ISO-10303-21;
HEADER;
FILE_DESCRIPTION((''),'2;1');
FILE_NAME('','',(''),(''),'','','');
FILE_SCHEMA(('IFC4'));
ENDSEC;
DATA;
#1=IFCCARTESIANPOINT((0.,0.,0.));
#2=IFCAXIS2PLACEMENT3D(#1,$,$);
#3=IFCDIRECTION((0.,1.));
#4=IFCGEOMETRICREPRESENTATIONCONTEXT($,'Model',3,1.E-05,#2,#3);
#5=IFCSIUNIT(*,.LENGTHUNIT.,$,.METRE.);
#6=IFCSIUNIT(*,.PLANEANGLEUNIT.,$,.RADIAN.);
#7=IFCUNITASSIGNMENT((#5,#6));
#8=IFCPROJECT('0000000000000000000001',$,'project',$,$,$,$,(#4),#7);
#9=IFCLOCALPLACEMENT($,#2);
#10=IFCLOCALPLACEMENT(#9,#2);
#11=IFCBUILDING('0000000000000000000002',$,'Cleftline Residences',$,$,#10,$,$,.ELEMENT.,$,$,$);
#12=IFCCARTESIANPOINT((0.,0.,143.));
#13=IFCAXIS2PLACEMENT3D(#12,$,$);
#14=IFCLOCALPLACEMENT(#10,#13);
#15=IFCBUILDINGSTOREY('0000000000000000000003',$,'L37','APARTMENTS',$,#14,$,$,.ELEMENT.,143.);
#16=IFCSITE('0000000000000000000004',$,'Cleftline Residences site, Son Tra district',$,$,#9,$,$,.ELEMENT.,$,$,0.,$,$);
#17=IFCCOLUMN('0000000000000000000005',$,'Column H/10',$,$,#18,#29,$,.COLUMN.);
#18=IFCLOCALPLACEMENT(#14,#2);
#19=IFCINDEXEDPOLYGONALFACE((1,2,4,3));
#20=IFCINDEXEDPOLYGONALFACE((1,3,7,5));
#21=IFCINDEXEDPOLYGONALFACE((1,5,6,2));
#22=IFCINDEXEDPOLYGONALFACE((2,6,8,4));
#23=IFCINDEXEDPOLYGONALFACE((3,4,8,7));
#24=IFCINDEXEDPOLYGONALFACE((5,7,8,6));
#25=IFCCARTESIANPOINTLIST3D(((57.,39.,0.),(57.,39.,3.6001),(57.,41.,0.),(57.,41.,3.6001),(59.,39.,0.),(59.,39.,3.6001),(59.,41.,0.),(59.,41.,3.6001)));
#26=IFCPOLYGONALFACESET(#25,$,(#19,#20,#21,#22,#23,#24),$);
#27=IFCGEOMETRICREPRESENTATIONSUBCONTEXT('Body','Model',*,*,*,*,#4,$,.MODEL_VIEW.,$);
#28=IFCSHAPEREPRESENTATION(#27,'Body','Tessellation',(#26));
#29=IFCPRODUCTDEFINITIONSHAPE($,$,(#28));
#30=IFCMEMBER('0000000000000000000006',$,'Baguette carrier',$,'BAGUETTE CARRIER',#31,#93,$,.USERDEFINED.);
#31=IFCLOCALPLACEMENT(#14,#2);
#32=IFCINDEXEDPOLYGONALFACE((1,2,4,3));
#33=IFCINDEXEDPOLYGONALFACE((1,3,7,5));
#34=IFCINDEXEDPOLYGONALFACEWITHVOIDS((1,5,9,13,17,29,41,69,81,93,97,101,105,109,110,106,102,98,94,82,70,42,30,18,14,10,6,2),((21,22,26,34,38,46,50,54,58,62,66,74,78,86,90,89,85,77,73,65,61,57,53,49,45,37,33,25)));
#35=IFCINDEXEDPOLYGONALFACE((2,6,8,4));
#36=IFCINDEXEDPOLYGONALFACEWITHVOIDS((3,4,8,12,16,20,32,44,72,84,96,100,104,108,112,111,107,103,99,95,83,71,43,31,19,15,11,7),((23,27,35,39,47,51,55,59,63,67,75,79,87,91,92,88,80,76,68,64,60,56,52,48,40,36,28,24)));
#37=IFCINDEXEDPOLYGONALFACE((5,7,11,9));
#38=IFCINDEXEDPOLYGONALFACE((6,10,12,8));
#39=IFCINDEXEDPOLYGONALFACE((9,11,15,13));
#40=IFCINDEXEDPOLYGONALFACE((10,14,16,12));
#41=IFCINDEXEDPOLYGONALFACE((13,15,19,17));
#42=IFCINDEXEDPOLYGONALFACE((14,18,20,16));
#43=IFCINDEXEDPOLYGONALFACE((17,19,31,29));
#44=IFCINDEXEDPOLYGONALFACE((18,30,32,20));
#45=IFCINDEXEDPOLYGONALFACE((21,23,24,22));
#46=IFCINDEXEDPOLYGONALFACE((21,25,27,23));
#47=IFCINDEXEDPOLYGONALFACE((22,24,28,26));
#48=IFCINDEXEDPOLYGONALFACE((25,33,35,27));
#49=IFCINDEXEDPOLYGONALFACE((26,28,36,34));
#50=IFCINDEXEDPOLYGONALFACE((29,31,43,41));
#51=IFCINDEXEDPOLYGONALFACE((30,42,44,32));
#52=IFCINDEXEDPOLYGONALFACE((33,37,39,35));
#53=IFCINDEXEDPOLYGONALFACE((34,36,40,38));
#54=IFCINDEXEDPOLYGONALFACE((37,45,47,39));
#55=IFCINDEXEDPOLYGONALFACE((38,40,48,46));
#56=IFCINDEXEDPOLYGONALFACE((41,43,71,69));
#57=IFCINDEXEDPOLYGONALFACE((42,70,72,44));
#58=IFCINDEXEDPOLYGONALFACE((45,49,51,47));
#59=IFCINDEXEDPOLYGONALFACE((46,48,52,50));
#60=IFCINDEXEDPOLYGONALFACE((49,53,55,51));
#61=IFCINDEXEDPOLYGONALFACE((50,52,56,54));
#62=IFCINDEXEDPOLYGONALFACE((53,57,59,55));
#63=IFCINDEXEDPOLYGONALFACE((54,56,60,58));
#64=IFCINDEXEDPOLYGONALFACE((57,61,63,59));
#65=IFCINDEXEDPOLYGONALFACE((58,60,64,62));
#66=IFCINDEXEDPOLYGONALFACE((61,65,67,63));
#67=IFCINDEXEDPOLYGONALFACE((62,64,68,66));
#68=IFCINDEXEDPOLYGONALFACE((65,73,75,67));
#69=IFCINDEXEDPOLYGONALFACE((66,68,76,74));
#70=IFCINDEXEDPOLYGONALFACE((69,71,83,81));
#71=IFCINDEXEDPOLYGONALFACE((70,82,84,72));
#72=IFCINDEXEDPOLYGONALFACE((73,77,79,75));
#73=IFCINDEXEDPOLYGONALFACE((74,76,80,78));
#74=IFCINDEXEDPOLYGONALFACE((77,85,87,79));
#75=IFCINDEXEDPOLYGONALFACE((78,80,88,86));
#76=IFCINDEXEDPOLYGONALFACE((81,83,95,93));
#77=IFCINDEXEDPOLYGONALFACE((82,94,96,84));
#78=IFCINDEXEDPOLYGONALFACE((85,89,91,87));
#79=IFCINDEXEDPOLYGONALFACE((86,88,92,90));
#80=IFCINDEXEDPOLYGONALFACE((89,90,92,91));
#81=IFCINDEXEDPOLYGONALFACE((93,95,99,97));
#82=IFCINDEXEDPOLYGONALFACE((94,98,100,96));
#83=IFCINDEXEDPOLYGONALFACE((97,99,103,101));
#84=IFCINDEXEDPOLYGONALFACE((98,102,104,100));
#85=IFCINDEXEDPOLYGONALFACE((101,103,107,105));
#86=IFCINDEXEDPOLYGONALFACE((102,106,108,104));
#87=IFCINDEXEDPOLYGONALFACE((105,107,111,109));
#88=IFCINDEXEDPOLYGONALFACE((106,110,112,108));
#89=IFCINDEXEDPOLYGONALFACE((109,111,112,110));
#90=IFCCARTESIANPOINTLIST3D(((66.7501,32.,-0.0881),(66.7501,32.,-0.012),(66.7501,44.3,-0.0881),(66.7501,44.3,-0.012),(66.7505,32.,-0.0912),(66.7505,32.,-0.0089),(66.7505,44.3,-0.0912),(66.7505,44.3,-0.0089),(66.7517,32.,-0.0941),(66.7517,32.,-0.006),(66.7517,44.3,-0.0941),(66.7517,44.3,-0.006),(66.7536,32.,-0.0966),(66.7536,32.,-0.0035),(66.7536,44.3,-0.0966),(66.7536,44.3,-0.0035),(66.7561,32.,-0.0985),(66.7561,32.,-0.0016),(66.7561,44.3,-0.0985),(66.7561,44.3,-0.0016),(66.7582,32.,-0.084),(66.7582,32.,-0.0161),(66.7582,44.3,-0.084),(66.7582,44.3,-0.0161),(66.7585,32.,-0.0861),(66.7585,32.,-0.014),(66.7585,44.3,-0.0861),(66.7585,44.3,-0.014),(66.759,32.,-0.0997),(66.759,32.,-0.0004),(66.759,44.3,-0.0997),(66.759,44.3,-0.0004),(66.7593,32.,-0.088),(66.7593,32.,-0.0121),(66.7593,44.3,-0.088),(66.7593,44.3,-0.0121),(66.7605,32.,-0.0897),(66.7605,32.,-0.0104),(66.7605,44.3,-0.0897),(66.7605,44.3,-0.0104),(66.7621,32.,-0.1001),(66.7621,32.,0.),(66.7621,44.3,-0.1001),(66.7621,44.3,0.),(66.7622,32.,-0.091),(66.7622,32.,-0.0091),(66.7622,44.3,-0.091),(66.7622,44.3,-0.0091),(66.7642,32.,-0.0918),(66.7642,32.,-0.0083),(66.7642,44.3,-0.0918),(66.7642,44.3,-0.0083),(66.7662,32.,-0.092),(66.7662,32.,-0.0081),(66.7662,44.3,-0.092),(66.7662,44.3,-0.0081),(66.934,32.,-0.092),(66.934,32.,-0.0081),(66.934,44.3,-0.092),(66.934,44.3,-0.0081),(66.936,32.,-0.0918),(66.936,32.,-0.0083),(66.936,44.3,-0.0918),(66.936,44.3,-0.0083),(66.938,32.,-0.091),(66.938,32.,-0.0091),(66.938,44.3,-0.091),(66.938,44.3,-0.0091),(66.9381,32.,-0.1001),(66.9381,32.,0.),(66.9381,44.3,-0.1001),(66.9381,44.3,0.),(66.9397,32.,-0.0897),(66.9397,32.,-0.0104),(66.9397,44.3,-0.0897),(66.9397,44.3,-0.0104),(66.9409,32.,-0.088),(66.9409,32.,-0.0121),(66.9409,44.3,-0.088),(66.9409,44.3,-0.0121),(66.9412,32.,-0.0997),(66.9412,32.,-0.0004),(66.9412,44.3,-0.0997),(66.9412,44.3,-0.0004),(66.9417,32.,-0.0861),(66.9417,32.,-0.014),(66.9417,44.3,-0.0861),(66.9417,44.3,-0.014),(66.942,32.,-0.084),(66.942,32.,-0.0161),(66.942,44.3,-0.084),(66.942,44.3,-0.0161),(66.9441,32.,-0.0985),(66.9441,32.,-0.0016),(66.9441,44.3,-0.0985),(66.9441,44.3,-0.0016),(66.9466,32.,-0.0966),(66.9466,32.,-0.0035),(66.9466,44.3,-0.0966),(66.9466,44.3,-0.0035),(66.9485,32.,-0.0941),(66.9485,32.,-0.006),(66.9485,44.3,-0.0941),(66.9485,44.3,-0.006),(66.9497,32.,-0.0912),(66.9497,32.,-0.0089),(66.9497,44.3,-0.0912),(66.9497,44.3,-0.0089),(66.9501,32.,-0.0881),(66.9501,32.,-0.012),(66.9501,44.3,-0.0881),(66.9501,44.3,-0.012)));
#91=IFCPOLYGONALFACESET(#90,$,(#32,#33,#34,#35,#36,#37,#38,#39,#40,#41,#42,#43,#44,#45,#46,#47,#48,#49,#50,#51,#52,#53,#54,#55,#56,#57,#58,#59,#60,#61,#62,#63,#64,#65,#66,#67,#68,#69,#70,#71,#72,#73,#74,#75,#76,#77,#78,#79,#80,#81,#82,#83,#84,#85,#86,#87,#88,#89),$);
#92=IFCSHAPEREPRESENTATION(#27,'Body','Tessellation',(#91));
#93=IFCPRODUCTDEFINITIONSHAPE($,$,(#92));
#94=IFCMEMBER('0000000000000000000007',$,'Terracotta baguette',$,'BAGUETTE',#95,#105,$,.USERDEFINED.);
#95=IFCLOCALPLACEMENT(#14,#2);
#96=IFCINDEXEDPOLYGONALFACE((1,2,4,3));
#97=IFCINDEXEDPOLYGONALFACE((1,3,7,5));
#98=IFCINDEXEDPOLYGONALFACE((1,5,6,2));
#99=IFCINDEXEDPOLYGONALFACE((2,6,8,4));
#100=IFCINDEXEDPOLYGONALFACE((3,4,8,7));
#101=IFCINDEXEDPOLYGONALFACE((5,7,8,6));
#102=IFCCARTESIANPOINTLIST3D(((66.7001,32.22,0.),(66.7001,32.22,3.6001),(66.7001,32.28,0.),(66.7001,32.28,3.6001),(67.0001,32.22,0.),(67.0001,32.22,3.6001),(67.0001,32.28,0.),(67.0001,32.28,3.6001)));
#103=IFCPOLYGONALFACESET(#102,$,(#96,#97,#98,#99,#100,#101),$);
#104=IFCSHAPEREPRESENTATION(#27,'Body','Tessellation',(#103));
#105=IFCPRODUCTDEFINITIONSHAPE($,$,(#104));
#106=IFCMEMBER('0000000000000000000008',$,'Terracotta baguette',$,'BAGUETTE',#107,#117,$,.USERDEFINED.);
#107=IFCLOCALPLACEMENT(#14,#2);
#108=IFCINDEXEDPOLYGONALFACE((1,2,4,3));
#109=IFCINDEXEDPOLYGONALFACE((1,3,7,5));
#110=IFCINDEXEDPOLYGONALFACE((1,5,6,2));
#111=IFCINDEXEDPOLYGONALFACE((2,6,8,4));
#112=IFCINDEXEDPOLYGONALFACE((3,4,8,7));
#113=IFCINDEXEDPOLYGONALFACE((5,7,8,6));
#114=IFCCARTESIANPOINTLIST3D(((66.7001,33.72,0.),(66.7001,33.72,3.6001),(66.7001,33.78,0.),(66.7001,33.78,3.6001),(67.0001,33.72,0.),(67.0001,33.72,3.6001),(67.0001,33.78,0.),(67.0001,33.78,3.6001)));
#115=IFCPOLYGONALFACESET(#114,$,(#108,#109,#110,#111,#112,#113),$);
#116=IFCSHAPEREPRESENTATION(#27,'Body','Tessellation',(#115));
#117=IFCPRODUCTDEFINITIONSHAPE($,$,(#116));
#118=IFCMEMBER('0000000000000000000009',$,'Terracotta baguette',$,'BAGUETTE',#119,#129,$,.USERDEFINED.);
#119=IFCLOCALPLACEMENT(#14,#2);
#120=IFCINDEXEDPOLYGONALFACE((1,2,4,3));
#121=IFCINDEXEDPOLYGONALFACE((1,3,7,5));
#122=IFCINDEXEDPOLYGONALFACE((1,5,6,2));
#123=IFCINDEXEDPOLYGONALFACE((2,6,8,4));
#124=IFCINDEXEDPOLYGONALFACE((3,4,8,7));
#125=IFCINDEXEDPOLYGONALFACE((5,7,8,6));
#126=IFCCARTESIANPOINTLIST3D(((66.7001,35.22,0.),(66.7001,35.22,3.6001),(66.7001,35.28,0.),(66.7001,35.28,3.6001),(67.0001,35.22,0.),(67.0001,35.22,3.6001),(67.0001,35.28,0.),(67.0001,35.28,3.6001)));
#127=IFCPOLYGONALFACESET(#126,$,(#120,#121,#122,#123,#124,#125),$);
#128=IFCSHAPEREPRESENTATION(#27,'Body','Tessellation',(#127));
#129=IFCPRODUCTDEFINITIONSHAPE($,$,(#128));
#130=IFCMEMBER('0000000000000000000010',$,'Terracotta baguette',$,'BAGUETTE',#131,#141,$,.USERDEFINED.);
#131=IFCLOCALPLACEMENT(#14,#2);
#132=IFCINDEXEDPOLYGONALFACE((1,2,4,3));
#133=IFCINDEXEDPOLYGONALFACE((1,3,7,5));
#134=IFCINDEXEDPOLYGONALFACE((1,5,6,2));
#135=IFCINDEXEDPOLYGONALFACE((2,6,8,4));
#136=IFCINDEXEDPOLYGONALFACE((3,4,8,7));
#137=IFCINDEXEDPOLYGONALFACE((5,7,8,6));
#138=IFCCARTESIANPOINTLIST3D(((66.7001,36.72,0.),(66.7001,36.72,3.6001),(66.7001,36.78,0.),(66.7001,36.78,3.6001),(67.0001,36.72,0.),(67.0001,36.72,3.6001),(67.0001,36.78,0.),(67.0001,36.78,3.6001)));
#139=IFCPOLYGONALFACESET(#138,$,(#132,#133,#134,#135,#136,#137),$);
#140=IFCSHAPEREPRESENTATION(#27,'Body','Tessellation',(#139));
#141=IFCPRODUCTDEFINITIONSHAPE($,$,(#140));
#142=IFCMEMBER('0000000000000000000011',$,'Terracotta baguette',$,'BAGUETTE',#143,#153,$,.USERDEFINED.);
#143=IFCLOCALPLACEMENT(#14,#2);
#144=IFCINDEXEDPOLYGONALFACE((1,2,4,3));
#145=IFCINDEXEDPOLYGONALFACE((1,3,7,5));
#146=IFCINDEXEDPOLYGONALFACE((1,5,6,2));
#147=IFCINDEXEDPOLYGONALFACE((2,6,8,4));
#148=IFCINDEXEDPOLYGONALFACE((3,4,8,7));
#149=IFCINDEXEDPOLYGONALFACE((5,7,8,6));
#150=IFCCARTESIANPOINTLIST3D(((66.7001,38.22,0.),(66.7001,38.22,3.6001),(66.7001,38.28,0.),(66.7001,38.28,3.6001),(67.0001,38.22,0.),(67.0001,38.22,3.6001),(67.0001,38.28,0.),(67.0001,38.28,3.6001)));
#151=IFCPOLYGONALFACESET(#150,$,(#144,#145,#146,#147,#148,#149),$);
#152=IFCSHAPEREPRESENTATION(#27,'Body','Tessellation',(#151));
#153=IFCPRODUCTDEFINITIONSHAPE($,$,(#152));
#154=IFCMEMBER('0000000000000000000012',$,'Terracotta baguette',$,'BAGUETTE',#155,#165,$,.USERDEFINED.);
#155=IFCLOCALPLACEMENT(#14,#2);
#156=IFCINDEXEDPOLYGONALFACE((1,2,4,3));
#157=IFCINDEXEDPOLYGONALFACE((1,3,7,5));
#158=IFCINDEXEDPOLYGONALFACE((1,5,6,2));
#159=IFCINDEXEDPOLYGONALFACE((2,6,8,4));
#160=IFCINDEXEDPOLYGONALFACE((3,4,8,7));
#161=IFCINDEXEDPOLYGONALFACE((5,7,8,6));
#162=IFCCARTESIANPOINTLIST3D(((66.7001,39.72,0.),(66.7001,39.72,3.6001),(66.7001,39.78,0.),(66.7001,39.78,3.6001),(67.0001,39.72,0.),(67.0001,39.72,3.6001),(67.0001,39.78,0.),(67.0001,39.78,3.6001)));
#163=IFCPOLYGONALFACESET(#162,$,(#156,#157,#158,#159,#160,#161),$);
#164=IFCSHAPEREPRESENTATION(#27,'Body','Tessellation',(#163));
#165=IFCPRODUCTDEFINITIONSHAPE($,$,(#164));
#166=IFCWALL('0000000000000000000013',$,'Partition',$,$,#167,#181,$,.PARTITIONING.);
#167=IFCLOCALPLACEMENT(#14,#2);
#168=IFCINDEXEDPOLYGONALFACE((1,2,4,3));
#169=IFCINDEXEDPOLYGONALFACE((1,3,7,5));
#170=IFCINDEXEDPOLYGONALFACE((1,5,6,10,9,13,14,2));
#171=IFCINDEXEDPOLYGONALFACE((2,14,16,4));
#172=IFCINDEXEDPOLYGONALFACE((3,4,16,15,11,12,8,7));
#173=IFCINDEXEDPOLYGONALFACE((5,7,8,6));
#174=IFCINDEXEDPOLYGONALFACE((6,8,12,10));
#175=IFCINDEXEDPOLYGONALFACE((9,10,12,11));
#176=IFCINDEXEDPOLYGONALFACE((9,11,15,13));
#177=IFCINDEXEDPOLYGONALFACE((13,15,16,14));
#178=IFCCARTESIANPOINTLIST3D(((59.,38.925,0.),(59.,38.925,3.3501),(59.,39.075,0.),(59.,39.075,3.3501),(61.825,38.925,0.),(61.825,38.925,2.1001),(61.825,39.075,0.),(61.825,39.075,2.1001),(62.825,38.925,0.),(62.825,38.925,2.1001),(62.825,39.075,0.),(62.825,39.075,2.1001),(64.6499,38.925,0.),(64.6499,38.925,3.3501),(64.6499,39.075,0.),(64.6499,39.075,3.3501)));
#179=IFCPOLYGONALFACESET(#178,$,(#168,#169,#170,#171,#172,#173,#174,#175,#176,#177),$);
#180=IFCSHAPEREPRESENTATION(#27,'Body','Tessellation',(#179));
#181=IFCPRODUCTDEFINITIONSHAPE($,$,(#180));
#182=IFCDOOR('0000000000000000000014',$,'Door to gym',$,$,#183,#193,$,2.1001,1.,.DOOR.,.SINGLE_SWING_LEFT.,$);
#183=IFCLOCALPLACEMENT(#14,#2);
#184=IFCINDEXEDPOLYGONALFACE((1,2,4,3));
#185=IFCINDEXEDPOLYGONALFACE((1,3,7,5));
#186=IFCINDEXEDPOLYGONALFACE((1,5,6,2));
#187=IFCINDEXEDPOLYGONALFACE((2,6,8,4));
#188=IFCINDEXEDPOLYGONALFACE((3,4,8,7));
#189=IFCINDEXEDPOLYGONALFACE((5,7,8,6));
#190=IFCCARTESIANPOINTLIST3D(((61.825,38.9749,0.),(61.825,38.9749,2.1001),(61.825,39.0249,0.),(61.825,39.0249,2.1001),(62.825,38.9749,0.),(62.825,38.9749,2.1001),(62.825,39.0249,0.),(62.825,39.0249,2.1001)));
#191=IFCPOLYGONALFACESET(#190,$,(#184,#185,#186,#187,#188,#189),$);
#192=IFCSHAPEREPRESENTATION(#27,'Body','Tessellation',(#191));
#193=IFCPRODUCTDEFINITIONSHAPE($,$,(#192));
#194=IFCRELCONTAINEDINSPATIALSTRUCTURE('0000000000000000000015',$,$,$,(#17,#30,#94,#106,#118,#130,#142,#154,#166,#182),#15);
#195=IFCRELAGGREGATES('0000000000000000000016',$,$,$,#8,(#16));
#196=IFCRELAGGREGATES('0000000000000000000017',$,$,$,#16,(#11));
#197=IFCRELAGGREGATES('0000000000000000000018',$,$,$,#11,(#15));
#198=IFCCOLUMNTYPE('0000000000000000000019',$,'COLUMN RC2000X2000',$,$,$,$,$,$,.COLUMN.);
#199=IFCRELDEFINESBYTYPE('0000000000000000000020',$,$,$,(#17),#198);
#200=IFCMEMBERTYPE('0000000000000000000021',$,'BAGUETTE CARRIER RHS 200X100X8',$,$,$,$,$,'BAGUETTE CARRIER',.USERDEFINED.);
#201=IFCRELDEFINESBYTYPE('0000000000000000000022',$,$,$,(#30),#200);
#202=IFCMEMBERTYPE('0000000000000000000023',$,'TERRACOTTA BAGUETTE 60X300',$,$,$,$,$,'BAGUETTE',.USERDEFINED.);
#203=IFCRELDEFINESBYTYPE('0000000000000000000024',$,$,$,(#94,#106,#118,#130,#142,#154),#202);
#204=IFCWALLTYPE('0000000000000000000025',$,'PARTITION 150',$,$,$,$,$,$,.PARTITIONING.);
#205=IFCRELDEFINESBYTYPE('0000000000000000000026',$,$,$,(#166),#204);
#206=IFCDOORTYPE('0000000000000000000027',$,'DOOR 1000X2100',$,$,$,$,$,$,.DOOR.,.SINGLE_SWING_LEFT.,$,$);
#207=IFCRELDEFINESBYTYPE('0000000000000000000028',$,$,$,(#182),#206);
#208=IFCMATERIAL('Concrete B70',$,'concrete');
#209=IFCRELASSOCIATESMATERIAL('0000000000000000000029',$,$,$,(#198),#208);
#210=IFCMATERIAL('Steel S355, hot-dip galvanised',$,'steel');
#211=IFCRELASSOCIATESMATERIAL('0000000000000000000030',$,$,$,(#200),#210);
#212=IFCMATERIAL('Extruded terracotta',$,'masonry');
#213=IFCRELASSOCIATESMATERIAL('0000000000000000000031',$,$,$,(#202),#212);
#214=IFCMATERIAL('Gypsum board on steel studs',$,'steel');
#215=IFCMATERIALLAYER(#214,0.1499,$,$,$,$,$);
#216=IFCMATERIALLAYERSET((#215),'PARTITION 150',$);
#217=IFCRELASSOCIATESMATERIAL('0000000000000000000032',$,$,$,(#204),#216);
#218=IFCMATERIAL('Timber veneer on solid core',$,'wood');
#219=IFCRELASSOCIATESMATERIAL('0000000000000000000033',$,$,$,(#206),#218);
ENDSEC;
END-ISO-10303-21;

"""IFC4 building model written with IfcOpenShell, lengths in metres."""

from ifc_helpers import new_model, si_unit, direction, frame, frame_2d, origin, origin_2d, place, context, subcontext, project, spatial, rectangle, hollow_rectangle, extrude, material, layer, layer_set, material_profile, profile_set, type_object, element, fill, save


model = new_model("IFC4")

# Units and contexts
model_context = context("Model", 3, precision=1e-05, world=origin(), true_north=direction((0.0, 1.0)))
body_context = subcontext(model_context, "Body", "Model", "MODEL_VIEW")
ifc_project = project(units=[si_unit("LENGTHUNIT", "METRE"), si_unit("PLANEANGLEUNIT", "RADIAN")], contexts=[model_context])

# Site, building, storey
site_placement = place(None, origin())
site = spatial("IfcSite", under=ifc_project, at=site_placement, Name="Cleftline Residences site, Son Tra district", CompositionType="ELEMENT", RefElevation=0.0)
building_placement = place(site_placement, origin())
building = spatial("IfcBuilding", under=site, at=building_placement, Name="Cleftline Residences", CompositionType="ELEMENT")
storey_placement = place(building_placement, frame((0.0, 0.0, 143.0)))
storey = spatial("IfcBuildingStorey", under=building, at=storey_placement, Name="L37", Description="APARTMENTS", CompositionType="ELEMENT", Elevation=143.0)

# Column
ifc_material_1 = material(Name="Concrete B70", Category="concrete")
ifc_material_profile_1 = material_profile(ifc_material_1, rectangle(XDim=2.0, YDim=2.0, at=origin_2d()))
ifc_profile_set_1 = profile_set([ifc_material_profile_1], Name="Concrete B70")
column_type = type_object("IfcColumnType", Name="COLUMN RC2000X2000", PredefinedType="COLUMN", material=ifc_profile_set_1)
column_placement = place(storey_placement, frame((58.0, 40.0, 0.0), z_axis=(0.0, 0.0, 1.0), x_axis=(1.0, 0.0, 0.0)))
element("IfcColumn", 1, at=column_placement, inside=storey, type_object=column_type, Name="Column H/10", PredefinedType="COLUMN", context=body_context, shape_type="SweptSolid", body=[
    extrude(rectangle(XDim=2.0, YDim=2.0, at=origin_2d()), origin(), (0.0, 0.0, 1.0), 3.6001),
])

# Members
ifc_material_2 = material(Name="Steel S355, hot-dip galvanised", Category="steel")
ifc_material_profile_2 = material_profile(ifc_material_2, hollow_rectangle(XDim=0.1001, YDim=0.2, WallThickness=0.0081, InnerFilletRadius=0.0081, OuterFilletRadius=0.012, at=origin_2d()))
ifc_profile_set_2 = profile_set([ifc_material_profile_2], Name="Steel S355, hot-dip galvanised")
member_type_1 = type_object("IfcMemberType", Name="BAGUETTE CARRIER RHS 200X100X8", ElementType="BAGUETTE CARRIER", PredefinedType="USERDEFINED", material=ifc_profile_set_2)
member_placement = place(storey_placement, frame((66.8501, 32.0, -0.05), z_axis=(0.0, 1.0, 0.0), x_axis=(0.0, 0.0, 1.0)))
element("IfcMember", 2, at=member_placement, inside=storey, type_object=member_type_1, Name="Baguette carrier", ObjectType="BAGUETTE CARRIER", PredefinedType="USERDEFINED", context=body_context, shape_type="SweptSolid", body=[
    extrude(hollow_rectangle(XDim=0.1001, YDim=0.2, WallThickness=0.0081, InnerFilletRadius=0.0081, OuterFilletRadius=0.012, at=origin_2d()), origin(), (0.0, 0.0, 1.0), 12.3),
])
ifc_material_3 = material(Name="Extruded terracotta", Category="masonry")
ifc_material_profile_3 = material_profile(ifc_material_3, rectangle(XDim=0.0601, YDim=0.3, at=origin_2d()))
ifc_profile_set_3 = profile_set([ifc_material_profile_3], Name="Extruded terracotta")
member_type_2 = type_object("IfcMemberType", Name="TERRACOTTA BAGUETTE 60X300", ElementType="BAGUETTE", PredefinedType="USERDEFINED", material=ifc_profile_set_3)
for number, where, z_axis, x_axis, name in (
    (3, (66.8501, 32.25, 0.0), (0.0, 0.0, 1.0), (0.0, 1.0, 0.0), "Terracotta baguette"),
    (4, (66.8501, 33.75, 0.0), (0.0, 0.0, 1.0), (0.0, 1.0, 0.0), "Terracotta baguette"),
    (5, (66.8501, 35.25, 0.0), (0.0, 0.0, 1.0), (0.0, 1.0, 0.0), "Terracotta baguette"),
    (6, (66.8501, 36.75, 0.0), (0.0, 0.0, 1.0), (0.0, 1.0, 0.0), "Terracotta baguette"),
    (7, (66.8501, 38.25, 0.0), (0.0, 0.0, 1.0), (0.0, 1.0, 0.0), "Terracotta baguette"),
    (8, (66.8501, 39.75, 0.0), (0.0, 0.0, 1.0), (0.0, 1.0, 0.0), "Terracotta baguette"),
):
    element("IfcMember", number, at=place(storey_placement, frame(where, z_axis=z_axis, x_axis=x_axis)), inside=storey, type_object=member_type_2, Name=name, ObjectType="BAGUETTE", PredefinedType="USERDEFINED", context=body_context, shape_type="SweptSolid", body=[
        extrude(rectangle(XDim=0.0601, YDim=0.3, at=origin_2d()), origin(), (0.0, 0.0, 1.0), 3.6001),
    ])

# Wall, opening, door
ifc_material_4 = material(Name="Gypsum board on steel studs", Category="steel")
ifc_layer = layer(ifc_material_4, 0.1499)
ifc_layer_set = layer_set([ifc_layer], Name="PARTITION 150")
wall_type = type_object("IfcWallType", Name="PARTITION 150", PredefinedType="PARTITIONING", material=ifc_layer_set)
wall_1_placement = place(storey_placement, frame((59.0, 39.0, 0.0), z_axis=(0.0, 0.0, 1.0), x_axis=(1.0, 0.0, 0.0)))
wall_1 = element("IfcWall", 9, at=wall_1_placement, inside=storey, type_object=wall_type, Name="Partition", PredefinedType="PARTITIONING", context=body_context, shape_type="SweptSolid", body=[
    extrude(rectangle(XDim=5.6499, YDim=0.1499, at=frame_2d((2.825, 0.0))), origin(), (0.0, 0.0, 1.0), 3.3501),
])
opening_1_placement = place(wall_1_placement, frame((2.825, 0.0, 0.0)))
opening_1 = element("IfcOpeningElement", 10, at=opening_1_placement, cuts=wall_1, PredefinedType="OPENING", context=body_context, shape_type="SweptSolid", body=[
    extrude(rectangle(XDim=1.0, YDim=2.1001, at=frame_2d((0.5, 1.05))), frame((0.0, 0.085, 0.0), z_axis=(0.0, -1.0, 0.0), x_axis=(1.0, 0.0, 0.0)), (0.0, 0.0, 1.0), 0.1699),
])
ifc_material_5 = material(Name="Timber veneer on solid core", Category="wood")
door_type_1 = type_object("IfcDoorType", Name="DOOR 1000X2100", OperationType="SINGLE_SWING_LEFT", PredefinedType="DOOR", material=ifc_material_5)
door_1_placement = place(opening_1_placement, origin())
door_1 = element("IfcDoor", 11, at=door_1_placement, inside=storey, type_object=door_type_1, Name="Door to gym", OperationType="SINGLE_SWING_LEFT", OverallHeight=2.1001, OverallWidth=1.0, PredefinedType="DOOR", context=body_context, shape_type="SweptSolid", body=[
    extrude(rectangle(XDim=1.0, YDim=2.1001, at=frame_2d((0.5, 1.05))), frame((0.0, 0.0249, 0.0), z_axis=(0.0, -1.0, 0.0), x_axis=(1.0, 0.0, 0.0)), (0.0, 0.0, 1.0), 0.05),
])
fill(opening_1, door_1)

save(model, "model.ifc")
